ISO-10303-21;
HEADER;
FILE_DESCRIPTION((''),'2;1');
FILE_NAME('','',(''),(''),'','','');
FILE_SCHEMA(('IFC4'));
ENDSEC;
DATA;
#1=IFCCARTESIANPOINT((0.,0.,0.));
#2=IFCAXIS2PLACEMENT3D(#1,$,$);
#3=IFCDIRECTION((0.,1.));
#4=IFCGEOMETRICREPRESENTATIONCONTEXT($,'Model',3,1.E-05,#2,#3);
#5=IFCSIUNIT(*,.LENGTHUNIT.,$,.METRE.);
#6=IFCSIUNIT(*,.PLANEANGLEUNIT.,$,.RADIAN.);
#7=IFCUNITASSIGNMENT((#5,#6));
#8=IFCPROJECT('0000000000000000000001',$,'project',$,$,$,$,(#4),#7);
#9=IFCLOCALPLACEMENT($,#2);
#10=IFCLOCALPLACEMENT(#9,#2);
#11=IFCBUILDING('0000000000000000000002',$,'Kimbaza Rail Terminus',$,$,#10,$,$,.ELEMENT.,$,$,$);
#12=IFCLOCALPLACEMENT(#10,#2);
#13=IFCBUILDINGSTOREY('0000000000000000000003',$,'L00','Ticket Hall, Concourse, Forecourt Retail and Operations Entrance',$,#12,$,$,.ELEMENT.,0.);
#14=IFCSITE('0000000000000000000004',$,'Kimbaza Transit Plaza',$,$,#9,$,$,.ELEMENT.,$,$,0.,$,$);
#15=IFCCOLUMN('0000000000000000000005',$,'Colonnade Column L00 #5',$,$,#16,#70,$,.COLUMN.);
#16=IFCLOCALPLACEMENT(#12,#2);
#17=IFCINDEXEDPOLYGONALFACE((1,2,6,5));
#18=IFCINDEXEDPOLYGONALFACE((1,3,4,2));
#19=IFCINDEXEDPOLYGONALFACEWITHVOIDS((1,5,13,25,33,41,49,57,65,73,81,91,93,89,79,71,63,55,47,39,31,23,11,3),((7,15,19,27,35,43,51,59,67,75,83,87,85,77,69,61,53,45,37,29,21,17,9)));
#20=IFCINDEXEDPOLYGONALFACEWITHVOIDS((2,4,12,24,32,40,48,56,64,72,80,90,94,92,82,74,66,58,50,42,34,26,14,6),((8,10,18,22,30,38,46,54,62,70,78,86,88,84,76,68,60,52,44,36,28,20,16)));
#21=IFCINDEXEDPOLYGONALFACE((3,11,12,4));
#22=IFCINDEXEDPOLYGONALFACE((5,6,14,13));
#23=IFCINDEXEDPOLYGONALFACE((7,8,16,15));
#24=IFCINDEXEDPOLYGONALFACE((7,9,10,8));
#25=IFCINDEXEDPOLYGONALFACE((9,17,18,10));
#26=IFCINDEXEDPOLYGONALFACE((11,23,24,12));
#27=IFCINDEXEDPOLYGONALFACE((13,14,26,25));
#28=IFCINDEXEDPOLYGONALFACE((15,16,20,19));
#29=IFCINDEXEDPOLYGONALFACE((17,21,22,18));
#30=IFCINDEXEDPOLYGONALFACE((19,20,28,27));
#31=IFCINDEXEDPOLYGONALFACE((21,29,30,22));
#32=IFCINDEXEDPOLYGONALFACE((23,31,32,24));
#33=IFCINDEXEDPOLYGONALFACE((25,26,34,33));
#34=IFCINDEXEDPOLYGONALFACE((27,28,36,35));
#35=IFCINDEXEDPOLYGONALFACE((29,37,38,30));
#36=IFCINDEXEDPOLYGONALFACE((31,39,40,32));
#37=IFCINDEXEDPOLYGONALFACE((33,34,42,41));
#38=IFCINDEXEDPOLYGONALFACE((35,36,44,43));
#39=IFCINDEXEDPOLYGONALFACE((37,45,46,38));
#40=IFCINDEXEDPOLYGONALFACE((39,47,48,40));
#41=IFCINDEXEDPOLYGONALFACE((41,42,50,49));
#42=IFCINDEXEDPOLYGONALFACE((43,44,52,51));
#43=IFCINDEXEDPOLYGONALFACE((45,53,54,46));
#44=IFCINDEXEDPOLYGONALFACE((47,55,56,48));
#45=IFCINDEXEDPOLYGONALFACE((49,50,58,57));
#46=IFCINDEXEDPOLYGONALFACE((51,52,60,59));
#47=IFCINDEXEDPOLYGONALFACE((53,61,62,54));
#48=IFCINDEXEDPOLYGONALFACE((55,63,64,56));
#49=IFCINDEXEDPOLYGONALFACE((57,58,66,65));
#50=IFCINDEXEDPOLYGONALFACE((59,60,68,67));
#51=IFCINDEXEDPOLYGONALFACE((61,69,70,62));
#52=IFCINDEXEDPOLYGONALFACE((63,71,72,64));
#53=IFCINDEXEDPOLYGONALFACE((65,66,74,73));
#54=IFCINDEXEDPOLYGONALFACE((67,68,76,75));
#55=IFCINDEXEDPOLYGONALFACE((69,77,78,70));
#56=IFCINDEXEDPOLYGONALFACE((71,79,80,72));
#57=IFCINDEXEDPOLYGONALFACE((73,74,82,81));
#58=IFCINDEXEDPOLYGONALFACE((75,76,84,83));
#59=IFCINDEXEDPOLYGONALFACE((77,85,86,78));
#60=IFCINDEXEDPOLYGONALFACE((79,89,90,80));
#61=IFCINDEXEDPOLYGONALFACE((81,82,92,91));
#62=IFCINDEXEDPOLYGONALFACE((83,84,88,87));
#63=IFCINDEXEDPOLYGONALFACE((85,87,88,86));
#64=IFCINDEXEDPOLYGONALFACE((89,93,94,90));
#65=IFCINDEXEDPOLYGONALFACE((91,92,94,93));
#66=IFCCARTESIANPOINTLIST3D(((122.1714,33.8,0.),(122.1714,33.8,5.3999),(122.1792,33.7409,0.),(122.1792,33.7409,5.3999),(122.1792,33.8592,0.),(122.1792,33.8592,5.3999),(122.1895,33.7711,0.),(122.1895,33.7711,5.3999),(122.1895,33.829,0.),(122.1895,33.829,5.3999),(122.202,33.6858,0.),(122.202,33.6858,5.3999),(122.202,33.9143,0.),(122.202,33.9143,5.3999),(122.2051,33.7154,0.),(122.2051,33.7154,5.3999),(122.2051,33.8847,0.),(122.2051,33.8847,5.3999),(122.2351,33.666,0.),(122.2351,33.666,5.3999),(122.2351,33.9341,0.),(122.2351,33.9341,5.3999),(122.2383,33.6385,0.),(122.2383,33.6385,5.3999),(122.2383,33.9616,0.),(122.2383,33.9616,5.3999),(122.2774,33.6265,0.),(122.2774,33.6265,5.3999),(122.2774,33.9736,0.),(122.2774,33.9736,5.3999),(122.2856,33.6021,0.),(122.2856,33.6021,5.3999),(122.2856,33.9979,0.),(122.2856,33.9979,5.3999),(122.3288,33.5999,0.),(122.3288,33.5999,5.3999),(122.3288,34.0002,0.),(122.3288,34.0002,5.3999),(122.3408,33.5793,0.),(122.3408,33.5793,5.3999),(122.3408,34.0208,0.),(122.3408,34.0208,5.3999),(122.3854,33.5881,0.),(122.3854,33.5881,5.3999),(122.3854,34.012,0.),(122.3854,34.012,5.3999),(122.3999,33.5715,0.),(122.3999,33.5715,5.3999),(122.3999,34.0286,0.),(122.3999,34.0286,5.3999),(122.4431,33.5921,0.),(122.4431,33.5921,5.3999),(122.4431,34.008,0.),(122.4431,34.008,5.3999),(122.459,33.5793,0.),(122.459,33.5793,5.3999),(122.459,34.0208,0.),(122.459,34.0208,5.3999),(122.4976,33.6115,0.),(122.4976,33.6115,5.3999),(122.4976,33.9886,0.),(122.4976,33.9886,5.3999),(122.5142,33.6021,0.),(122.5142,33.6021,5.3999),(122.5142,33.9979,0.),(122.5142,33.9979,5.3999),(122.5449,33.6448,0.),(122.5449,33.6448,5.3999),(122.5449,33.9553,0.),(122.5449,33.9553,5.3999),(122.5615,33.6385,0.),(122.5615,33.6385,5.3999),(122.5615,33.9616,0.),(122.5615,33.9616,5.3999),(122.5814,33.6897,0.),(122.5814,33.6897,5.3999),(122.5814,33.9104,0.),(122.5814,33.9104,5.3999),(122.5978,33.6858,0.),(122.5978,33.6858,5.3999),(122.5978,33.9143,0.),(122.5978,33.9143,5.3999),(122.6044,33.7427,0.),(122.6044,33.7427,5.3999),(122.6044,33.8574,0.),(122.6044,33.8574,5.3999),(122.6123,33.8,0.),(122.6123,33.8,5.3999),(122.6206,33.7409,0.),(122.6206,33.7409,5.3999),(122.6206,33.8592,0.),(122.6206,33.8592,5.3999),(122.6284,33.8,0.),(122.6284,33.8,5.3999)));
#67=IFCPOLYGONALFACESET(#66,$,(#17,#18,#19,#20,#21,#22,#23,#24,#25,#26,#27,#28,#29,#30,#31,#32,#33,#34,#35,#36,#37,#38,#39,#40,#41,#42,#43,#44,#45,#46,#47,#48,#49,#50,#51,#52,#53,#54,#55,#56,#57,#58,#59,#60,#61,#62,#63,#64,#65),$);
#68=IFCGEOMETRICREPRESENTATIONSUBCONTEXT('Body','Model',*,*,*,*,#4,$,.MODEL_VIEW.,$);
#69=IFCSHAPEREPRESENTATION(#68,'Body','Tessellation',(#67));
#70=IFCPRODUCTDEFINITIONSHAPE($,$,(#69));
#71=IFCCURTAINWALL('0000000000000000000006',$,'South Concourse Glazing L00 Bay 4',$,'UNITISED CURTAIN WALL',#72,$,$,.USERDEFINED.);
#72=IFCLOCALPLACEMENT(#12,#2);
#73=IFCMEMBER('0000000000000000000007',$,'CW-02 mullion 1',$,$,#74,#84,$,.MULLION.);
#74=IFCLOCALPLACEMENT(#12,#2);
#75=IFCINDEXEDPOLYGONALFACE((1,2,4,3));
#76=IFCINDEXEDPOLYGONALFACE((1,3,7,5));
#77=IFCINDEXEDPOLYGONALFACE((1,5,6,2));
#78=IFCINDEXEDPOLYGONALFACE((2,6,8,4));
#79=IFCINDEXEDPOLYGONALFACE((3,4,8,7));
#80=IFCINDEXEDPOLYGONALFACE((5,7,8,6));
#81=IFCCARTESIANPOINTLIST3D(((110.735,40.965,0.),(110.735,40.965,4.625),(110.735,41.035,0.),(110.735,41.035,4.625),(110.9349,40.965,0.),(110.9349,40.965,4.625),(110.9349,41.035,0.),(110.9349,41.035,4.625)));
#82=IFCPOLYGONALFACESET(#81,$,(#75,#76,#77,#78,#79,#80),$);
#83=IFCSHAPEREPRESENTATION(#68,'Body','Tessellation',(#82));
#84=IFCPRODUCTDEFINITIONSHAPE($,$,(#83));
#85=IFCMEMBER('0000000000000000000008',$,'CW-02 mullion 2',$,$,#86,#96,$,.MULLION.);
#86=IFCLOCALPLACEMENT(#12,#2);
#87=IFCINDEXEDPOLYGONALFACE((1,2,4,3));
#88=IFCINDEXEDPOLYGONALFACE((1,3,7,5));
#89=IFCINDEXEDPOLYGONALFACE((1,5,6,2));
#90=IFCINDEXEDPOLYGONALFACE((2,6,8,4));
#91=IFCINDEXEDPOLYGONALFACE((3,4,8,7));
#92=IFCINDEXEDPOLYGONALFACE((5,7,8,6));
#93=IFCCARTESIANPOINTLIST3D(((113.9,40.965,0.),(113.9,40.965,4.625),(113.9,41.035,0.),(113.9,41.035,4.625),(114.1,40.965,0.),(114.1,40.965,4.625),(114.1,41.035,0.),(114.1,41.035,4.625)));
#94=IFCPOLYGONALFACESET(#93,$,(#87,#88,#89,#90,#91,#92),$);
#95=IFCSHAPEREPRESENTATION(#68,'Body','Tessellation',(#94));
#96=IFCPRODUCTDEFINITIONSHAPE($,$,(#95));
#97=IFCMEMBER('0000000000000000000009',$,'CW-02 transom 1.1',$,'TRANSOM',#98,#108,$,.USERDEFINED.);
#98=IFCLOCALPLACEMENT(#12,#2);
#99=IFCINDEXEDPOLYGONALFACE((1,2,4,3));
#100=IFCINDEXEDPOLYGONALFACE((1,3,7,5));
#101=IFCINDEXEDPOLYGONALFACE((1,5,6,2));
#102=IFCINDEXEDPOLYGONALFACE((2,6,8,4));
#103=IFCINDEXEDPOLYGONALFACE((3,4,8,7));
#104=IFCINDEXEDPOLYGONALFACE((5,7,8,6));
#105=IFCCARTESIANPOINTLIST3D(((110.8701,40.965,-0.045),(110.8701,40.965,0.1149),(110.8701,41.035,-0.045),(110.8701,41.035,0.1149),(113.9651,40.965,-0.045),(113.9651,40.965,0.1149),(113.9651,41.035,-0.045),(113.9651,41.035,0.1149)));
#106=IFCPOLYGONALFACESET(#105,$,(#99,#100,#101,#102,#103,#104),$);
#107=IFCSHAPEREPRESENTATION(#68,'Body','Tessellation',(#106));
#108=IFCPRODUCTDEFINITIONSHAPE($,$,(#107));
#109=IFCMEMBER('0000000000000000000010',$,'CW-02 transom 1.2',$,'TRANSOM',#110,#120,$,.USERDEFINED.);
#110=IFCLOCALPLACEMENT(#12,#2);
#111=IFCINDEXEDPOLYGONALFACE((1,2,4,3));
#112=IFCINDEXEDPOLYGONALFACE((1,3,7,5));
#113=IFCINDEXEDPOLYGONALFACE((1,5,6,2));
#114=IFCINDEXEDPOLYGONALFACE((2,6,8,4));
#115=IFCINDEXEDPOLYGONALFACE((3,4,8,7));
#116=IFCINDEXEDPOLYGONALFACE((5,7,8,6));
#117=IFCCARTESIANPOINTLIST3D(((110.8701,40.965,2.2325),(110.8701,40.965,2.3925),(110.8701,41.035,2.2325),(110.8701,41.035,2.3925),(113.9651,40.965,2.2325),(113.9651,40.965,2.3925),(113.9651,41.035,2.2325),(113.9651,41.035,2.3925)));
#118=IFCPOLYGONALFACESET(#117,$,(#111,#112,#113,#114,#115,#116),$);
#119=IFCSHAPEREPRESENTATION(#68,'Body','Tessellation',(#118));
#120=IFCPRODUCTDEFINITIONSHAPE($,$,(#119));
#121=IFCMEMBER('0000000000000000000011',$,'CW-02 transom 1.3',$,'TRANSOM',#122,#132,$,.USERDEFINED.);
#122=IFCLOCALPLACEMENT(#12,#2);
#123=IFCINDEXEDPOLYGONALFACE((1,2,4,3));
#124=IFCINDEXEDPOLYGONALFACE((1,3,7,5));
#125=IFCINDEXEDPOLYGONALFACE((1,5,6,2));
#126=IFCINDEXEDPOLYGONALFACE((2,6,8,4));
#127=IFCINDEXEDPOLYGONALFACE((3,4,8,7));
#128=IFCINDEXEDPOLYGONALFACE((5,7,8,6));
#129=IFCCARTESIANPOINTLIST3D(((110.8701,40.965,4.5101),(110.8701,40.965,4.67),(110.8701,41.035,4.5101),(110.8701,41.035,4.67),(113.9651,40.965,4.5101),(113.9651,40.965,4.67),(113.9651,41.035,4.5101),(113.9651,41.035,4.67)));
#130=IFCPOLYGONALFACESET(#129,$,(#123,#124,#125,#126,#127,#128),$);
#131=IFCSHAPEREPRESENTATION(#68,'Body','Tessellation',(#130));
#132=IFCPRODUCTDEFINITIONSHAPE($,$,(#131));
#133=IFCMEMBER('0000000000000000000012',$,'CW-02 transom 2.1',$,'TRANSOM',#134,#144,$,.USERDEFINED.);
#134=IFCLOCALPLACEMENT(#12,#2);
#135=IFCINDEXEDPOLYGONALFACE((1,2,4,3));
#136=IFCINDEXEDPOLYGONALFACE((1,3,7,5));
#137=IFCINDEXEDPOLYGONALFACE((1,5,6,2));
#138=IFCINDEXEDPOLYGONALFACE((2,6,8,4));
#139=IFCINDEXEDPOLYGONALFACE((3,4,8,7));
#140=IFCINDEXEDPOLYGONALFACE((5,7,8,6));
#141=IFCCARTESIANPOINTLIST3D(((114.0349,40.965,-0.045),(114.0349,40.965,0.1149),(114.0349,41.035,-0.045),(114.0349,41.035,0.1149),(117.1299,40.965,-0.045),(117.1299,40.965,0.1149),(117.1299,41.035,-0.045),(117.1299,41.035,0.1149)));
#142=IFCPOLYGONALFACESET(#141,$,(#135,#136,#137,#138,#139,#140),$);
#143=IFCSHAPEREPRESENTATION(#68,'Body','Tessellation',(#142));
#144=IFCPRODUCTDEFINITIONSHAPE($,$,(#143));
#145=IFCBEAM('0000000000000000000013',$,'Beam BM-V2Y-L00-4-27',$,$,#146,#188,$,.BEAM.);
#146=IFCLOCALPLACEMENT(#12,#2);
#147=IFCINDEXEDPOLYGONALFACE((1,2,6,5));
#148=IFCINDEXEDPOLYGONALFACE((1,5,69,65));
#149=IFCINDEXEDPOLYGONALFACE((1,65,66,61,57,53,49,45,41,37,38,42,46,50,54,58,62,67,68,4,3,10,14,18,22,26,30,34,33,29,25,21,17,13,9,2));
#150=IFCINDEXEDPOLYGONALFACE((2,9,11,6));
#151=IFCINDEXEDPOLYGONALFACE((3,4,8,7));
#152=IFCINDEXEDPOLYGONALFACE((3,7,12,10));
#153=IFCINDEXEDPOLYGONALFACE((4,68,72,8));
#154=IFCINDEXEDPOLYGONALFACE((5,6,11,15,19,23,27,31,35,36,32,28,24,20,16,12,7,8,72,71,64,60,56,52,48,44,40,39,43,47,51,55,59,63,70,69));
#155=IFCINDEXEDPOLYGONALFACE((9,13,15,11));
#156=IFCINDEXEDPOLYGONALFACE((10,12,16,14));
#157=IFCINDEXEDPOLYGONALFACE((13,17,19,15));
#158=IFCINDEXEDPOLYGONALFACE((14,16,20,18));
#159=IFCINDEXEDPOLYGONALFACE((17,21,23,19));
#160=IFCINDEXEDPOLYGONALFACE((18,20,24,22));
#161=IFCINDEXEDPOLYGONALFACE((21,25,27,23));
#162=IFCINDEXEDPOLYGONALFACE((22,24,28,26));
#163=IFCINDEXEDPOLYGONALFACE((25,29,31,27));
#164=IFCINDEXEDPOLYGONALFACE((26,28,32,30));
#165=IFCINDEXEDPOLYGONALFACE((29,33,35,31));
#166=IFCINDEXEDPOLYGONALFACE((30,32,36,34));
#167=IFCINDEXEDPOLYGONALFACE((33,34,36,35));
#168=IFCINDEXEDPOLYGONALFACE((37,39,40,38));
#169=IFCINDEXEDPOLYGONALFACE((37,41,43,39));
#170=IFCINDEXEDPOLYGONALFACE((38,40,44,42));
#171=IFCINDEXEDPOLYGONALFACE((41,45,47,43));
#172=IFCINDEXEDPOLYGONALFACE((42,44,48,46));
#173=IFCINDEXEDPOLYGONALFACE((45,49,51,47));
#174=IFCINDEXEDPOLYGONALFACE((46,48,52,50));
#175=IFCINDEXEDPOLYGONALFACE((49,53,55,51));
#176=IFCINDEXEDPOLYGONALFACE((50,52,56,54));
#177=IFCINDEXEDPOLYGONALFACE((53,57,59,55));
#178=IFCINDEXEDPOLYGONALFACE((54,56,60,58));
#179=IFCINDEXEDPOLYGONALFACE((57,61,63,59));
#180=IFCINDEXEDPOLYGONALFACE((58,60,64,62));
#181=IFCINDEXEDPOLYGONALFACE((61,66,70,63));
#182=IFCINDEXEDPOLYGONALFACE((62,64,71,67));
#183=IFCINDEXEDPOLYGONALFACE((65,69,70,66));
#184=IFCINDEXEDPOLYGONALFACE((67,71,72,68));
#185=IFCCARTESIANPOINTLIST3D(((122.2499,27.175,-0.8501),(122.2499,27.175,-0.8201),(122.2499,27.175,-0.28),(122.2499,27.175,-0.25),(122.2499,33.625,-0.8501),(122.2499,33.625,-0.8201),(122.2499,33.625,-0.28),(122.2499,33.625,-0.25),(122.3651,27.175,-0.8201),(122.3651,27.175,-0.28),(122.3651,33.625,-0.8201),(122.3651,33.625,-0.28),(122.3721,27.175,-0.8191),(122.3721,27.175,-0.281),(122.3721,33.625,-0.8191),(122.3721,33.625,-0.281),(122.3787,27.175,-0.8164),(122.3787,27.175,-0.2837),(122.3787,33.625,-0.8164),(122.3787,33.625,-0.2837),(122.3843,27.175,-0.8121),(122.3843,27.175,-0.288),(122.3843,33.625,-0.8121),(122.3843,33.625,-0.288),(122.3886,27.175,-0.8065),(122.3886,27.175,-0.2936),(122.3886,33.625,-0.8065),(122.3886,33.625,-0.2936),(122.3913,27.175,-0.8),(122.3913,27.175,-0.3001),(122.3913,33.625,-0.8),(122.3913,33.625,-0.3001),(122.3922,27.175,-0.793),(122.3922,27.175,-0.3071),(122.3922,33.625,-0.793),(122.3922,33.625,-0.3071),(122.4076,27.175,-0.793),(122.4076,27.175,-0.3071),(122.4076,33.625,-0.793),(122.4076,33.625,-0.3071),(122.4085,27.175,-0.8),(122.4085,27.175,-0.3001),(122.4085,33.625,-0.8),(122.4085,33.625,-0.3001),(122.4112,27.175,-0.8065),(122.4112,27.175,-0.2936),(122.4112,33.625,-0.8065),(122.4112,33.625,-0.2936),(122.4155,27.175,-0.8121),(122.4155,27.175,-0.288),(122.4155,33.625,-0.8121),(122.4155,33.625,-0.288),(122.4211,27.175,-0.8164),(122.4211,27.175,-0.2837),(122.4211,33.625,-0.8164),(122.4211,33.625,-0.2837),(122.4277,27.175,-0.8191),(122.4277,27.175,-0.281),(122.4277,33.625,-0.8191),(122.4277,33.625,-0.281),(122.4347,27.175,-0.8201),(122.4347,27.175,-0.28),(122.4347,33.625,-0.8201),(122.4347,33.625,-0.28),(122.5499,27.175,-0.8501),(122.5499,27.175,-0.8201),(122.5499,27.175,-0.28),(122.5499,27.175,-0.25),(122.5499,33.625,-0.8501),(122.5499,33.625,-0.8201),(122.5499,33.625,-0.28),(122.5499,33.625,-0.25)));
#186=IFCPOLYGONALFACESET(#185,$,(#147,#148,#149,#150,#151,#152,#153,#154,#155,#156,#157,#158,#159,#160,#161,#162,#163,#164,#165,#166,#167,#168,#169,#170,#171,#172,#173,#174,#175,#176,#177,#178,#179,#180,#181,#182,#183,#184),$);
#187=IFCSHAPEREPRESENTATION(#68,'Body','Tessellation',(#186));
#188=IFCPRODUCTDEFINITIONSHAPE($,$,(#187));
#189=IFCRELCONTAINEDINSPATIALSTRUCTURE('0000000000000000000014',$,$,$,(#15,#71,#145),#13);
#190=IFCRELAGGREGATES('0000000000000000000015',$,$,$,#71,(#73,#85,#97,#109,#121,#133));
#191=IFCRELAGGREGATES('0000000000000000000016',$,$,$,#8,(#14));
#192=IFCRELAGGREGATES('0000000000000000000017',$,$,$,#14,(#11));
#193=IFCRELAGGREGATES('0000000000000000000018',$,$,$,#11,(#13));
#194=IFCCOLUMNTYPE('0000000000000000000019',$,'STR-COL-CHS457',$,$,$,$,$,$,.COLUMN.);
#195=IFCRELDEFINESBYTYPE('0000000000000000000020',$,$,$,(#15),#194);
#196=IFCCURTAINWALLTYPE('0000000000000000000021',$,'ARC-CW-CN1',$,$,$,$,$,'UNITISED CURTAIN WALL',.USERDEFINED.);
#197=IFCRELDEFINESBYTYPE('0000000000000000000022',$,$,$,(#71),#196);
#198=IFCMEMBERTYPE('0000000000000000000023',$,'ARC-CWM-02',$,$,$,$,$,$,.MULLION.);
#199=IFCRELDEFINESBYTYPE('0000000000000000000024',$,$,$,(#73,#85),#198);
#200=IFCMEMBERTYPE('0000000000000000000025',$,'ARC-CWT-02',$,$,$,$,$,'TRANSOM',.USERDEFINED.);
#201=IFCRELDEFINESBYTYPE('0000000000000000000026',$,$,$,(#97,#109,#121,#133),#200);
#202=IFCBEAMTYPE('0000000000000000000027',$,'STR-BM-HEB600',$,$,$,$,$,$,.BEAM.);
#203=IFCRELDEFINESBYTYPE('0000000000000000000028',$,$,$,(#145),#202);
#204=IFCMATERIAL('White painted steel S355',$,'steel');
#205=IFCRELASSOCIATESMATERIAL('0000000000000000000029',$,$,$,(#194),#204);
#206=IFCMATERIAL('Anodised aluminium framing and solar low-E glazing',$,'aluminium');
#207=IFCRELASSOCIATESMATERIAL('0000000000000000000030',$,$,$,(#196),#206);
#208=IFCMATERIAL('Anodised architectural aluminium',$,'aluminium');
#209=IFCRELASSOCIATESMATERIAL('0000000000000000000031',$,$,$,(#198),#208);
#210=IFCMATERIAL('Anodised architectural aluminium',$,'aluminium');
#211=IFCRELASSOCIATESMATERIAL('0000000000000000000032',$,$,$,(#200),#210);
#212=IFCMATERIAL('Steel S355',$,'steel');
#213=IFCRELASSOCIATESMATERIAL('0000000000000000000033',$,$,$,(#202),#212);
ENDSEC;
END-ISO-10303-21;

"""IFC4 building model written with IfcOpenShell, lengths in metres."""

from ifc_helpers import new_model, si_unit, direction, frame, origin, origin_2d, place, context, subcontext, project, spatial, rectangle, hollow_circle, i_section, extrude, material, material_profile, profile_set, type_object, element, aggregate, save


model = new_model("IFC4")

# Units and contexts
model_context = context("Model", 3, precision=1e-05, world=origin(), true_north=direction((0.0, 1.0)))
body_context = subcontext(model_context, "Body", "Model", "MODEL_VIEW")
ifc_project = project(units=[si_unit("LENGTHUNIT", "METRE"), si_unit("PLANEANGLEUNIT", "RADIAN")], contexts=[model_context])

# Site, building, storey
site_placement = place(None, origin())
site = spatial("IfcSite", under=ifc_project, at=site_placement, Name="Kimbaza Transit Plaza", CompositionType="ELEMENT", RefElevation=0.0)
building_placement = place(site_placement, origin())
building = spatial("IfcBuilding", under=site, at=building_placement, Name="Kimbaza Rail Terminus", CompositionType="ELEMENT")
storey_placement = place(building_placement, origin())
storey = spatial("IfcBuildingStorey", under=building, at=storey_placement, Name="L00", Description="Ticket Hall, Concourse, Forecourt Retail and Operations Entrance", CompositionType="ELEMENT", Elevation=0.0)

# Column
ifc_material_1 = material(Name="White painted steel S355", Category="steel")
ifc_material_profile_1 = material_profile(ifc_material_1, hollow_circle(Radius=0.2285, WallThickness=0.0161, at=origin_2d()), Name="CHS 457x16")
ifc_profile_set_1 = profile_set([ifc_material_profile_1], Name="White painted steel S355")
column_type = type_object("IfcColumnType", Name="STR-COL-CHS457", PredefinedType="COLUMN", material=ifc_profile_set_1)
column_placement = place(storey_placement, frame((122.3999, 33.8, 0.0), z_axis=(0.0, 0.0, 1.0), x_axis=(1.0, 0.0, 0.0)))
element("IfcColumn", 1, at=column_placement, inside=storey, type_object=column_type, Name="Colonnade Column L00 #5", PredefinedType="COLUMN", context=body_context, shape_type="SweptSolid", body=[
    extrude(hollow_circle(Radius=0.2285, WallThickness=0.0161, at=origin_2d()), origin(), (0.0, 0.0, 1.0), 5.3999),
])

# Curtain wall, members
ifc_material_2 = material(Name="Anodised aluminium framing and solar low-E glazing", Category="aluminium")
curtain_wall_type = type_object("IfcCurtainWallType", Name="ARC-CW-CN1", ElementType="UNITISED CURTAIN WALL", PredefinedType="USERDEFINED", material=ifc_material_2)
curtain_wall_placement = place(storey_placement, origin())
curtain_wall = element("IfcCurtainWall", 2, at=curtain_wall_placement, inside=storey, type_object=curtain_wall_type, Name="South Concourse Glazing L00 Bay 4", ObjectType="UNITISED CURTAIN WALL", PredefinedType="USERDEFINED")
ifc_material_3 = material(Name="Anodised architectural aluminium", Category="aluminium")
ifc_material_profile_2 = material_profile(ifc_material_3, rectangle(XDim=0.0701, YDim=0.2, at=origin_2d()), Name="MULLION 70x200")
ifc_profile_set_2 = profile_set([ifc_material_profile_2], Name="Anodised architectural aluminium")
member_type_1 = type_object("IfcMemberType", Name="ARC-CWM-02", PredefinedType="MULLION", material=ifc_profile_set_2)
member_1_placement = place(storey_placement, frame((110.835, 41.0, 0.0), z_axis=(0.0, 0.0, 1.0), x_axis=(0.0, 1.0, 0.0)))
member_1 = element("IfcMember", 3, at=member_1_placement, type_object=member_type_1, Name="CW-02 mullion 1", PredefinedType="MULLION", context=body_context, shape_type="SweptSolid", body=[
    extrude(rectangle(XDim=0.0701, YDim=0.2, at=origin_2d()), origin(), (0.0, 0.0, 1.0), 4.625),
])
member_2_placement = place(storey_placement, frame((114.0, 41.0, 0.0), z_axis=(0.0, 0.0, 1.0), x_axis=(0.0, 1.0, 0.0)))
member_2 = element("IfcMember", 4, at=member_2_placement, type_object=member_type_1, Name="CW-02 mullion 2", PredefinedType="MULLION", context=body_context, shape_type="SweptSolid", body=[
    extrude(rectangle(XDim=0.0701, YDim=0.2, at=origin_2d()), origin(), (0.0, 0.0, 1.0), 4.625),
])
ifc_material_4 = material(Name="Anodised architectural aluminium", Category="aluminium")
ifc_material_profile_3 = material_profile(ifc_material_4, rectangle(XDim=0.0701, YDim=0.1599, at=origin_2d()), Name="TRANSOM 70x160")
ifc_profile_set_3 = profile_set([ifc_material_profile_3], Name="Anodised architectural aluminium")
member_type_2 = type_object("IfcMemberType", Name="ARC-CWT-02", ElementType="TRANSOM", PredefinedType="USERDEFINED", material=ifc_profile_set_3)
member_3_placement = place(storey_placement, frame((110.8701, 41.0, 0.0349), z_axis=(1.0, 0.0, 0.0), x_axis=(0.0, 1.0, 0.0)))
member_3 = element("IfcMember", 5, at=member_3_placement, type_object=member_type_2, Name="CW-02 transom 1.1", ObjectType="TRANSOM", PredefinedType="USERDEFINED", context=body_context, shape_type="SweptSolid", body=[
    extrude(rectangle(XDim=0.0701, YDim=0.1599, at=origin_2d()), origin(), (0.0, 0.0, 1.0), 3.095),
])
member_4_placement = place(storey_placement, frame((110.8701, 41.0, 2.3125), z_axis=(1.0, 0.0, 0.0), x_axis=(0.0, 1.0, 0.0)))
member_4 = element("IfcMember", 6, at=member_4_placement, type_object=member_type_2, Name="CW-02 transom 1.2", ObjectType="TRANSOM", PredefinedType="USERDEFINED", context=body_context, shape_type="SweptSolid", body=[
    extrude(rectangle(XDim=0.0701, YDim=0.1599, at=origin_2d()), origin(), (0.0, 0.0, 1.0), 3.095),
])
member_5_placement = place(storey_placement, frame((110.8701, 41.0, 4.5901), z_axis=(1.0, 0.0, 0.0), x_axis=(0.0, 1.0, 0.0)))
member_5 = element("IfcMember", 7, at=member_5_placement, type_object=member_type_2, Name="CW-02 transom 1.3", ObjectType="TRANSOM", PredefinedType="USERDEFINED", context=body_context, shape_type="SweptSolid", body=[
    extrude(rectangle(XDim=0.0701, YDim=0.1599, at=origin_2d()), origin(), (0.0, 0.0, 1.0), 3.095),
])
member_6_placement = place(storey_placement, frame((114.0349, 41.0, 0.0349), z_axis=(1.0, 0.0, 0.0), x_axis=(0.0, 1.0, 0.0)))
member_6 = element("IfcMember", 8, at=member_6_placement, type_object=member_type_2, Name="CW-02 transom 2.1", ObjectType="TRANSOM", PredefinedType="USERDEFINED", context=body_context, shape_type="SweptSolid", body=[
    extrude(rectangle(XDim=0.0701, YDim=0.1599, at=origin_2d()), origin(), (0.0, 0.0, 1.0), 3.095),
])

# Beam
ifc_material_5 = material(Name="Steel S355", Category="steel")
ifc_material_profile_4 = material_profile(ifc_material_5, i_section(OverallWidth=0.3, OverallDepth=0.6001, WebThickness=0.0154, FlangeThickness=0.03, FilletRadius=0.0271, at=origin_2d()), Name="HEB 600")
ifc_profile_set_4 = profile_set([ifc_material_profile_4], Name="Steel S355")
beam_type_1 = type_object("IfcBeamType", Name="STR-BM-HEB600", PredefinedType="BEAM", material=ifc_profile_set_4)
beam_1_placement = place(storey_placement, frame((122.3999, 27.175, -0.55), z_axis=(0.0, 1.0, 0.0), x_axis=(-1.0, 0.0, 0.0)))
element("IfcBeam", 9, at=beam_1_placement, inside=storey, type_object=beam_type_1, Name="Beam BM-V2Y-L00-4-27", PredefinedType="BEAM", context=body_context, shape_type="SweptSolid", body=[
    extrude(i_section(OverallWidth=0.3, OverallDepth=0.6001, WebThickness=0.0154, FlangeThickness=0.03, FilletRadius=0.0271, at=origin_2d()), origin(), (0.0, 0.0, 1.0), 6.45),
])

aggregate(curtain_wall, [member_1, member_2, member_3, member_4, member_5, member_6])

save(model, "model.ifc")
